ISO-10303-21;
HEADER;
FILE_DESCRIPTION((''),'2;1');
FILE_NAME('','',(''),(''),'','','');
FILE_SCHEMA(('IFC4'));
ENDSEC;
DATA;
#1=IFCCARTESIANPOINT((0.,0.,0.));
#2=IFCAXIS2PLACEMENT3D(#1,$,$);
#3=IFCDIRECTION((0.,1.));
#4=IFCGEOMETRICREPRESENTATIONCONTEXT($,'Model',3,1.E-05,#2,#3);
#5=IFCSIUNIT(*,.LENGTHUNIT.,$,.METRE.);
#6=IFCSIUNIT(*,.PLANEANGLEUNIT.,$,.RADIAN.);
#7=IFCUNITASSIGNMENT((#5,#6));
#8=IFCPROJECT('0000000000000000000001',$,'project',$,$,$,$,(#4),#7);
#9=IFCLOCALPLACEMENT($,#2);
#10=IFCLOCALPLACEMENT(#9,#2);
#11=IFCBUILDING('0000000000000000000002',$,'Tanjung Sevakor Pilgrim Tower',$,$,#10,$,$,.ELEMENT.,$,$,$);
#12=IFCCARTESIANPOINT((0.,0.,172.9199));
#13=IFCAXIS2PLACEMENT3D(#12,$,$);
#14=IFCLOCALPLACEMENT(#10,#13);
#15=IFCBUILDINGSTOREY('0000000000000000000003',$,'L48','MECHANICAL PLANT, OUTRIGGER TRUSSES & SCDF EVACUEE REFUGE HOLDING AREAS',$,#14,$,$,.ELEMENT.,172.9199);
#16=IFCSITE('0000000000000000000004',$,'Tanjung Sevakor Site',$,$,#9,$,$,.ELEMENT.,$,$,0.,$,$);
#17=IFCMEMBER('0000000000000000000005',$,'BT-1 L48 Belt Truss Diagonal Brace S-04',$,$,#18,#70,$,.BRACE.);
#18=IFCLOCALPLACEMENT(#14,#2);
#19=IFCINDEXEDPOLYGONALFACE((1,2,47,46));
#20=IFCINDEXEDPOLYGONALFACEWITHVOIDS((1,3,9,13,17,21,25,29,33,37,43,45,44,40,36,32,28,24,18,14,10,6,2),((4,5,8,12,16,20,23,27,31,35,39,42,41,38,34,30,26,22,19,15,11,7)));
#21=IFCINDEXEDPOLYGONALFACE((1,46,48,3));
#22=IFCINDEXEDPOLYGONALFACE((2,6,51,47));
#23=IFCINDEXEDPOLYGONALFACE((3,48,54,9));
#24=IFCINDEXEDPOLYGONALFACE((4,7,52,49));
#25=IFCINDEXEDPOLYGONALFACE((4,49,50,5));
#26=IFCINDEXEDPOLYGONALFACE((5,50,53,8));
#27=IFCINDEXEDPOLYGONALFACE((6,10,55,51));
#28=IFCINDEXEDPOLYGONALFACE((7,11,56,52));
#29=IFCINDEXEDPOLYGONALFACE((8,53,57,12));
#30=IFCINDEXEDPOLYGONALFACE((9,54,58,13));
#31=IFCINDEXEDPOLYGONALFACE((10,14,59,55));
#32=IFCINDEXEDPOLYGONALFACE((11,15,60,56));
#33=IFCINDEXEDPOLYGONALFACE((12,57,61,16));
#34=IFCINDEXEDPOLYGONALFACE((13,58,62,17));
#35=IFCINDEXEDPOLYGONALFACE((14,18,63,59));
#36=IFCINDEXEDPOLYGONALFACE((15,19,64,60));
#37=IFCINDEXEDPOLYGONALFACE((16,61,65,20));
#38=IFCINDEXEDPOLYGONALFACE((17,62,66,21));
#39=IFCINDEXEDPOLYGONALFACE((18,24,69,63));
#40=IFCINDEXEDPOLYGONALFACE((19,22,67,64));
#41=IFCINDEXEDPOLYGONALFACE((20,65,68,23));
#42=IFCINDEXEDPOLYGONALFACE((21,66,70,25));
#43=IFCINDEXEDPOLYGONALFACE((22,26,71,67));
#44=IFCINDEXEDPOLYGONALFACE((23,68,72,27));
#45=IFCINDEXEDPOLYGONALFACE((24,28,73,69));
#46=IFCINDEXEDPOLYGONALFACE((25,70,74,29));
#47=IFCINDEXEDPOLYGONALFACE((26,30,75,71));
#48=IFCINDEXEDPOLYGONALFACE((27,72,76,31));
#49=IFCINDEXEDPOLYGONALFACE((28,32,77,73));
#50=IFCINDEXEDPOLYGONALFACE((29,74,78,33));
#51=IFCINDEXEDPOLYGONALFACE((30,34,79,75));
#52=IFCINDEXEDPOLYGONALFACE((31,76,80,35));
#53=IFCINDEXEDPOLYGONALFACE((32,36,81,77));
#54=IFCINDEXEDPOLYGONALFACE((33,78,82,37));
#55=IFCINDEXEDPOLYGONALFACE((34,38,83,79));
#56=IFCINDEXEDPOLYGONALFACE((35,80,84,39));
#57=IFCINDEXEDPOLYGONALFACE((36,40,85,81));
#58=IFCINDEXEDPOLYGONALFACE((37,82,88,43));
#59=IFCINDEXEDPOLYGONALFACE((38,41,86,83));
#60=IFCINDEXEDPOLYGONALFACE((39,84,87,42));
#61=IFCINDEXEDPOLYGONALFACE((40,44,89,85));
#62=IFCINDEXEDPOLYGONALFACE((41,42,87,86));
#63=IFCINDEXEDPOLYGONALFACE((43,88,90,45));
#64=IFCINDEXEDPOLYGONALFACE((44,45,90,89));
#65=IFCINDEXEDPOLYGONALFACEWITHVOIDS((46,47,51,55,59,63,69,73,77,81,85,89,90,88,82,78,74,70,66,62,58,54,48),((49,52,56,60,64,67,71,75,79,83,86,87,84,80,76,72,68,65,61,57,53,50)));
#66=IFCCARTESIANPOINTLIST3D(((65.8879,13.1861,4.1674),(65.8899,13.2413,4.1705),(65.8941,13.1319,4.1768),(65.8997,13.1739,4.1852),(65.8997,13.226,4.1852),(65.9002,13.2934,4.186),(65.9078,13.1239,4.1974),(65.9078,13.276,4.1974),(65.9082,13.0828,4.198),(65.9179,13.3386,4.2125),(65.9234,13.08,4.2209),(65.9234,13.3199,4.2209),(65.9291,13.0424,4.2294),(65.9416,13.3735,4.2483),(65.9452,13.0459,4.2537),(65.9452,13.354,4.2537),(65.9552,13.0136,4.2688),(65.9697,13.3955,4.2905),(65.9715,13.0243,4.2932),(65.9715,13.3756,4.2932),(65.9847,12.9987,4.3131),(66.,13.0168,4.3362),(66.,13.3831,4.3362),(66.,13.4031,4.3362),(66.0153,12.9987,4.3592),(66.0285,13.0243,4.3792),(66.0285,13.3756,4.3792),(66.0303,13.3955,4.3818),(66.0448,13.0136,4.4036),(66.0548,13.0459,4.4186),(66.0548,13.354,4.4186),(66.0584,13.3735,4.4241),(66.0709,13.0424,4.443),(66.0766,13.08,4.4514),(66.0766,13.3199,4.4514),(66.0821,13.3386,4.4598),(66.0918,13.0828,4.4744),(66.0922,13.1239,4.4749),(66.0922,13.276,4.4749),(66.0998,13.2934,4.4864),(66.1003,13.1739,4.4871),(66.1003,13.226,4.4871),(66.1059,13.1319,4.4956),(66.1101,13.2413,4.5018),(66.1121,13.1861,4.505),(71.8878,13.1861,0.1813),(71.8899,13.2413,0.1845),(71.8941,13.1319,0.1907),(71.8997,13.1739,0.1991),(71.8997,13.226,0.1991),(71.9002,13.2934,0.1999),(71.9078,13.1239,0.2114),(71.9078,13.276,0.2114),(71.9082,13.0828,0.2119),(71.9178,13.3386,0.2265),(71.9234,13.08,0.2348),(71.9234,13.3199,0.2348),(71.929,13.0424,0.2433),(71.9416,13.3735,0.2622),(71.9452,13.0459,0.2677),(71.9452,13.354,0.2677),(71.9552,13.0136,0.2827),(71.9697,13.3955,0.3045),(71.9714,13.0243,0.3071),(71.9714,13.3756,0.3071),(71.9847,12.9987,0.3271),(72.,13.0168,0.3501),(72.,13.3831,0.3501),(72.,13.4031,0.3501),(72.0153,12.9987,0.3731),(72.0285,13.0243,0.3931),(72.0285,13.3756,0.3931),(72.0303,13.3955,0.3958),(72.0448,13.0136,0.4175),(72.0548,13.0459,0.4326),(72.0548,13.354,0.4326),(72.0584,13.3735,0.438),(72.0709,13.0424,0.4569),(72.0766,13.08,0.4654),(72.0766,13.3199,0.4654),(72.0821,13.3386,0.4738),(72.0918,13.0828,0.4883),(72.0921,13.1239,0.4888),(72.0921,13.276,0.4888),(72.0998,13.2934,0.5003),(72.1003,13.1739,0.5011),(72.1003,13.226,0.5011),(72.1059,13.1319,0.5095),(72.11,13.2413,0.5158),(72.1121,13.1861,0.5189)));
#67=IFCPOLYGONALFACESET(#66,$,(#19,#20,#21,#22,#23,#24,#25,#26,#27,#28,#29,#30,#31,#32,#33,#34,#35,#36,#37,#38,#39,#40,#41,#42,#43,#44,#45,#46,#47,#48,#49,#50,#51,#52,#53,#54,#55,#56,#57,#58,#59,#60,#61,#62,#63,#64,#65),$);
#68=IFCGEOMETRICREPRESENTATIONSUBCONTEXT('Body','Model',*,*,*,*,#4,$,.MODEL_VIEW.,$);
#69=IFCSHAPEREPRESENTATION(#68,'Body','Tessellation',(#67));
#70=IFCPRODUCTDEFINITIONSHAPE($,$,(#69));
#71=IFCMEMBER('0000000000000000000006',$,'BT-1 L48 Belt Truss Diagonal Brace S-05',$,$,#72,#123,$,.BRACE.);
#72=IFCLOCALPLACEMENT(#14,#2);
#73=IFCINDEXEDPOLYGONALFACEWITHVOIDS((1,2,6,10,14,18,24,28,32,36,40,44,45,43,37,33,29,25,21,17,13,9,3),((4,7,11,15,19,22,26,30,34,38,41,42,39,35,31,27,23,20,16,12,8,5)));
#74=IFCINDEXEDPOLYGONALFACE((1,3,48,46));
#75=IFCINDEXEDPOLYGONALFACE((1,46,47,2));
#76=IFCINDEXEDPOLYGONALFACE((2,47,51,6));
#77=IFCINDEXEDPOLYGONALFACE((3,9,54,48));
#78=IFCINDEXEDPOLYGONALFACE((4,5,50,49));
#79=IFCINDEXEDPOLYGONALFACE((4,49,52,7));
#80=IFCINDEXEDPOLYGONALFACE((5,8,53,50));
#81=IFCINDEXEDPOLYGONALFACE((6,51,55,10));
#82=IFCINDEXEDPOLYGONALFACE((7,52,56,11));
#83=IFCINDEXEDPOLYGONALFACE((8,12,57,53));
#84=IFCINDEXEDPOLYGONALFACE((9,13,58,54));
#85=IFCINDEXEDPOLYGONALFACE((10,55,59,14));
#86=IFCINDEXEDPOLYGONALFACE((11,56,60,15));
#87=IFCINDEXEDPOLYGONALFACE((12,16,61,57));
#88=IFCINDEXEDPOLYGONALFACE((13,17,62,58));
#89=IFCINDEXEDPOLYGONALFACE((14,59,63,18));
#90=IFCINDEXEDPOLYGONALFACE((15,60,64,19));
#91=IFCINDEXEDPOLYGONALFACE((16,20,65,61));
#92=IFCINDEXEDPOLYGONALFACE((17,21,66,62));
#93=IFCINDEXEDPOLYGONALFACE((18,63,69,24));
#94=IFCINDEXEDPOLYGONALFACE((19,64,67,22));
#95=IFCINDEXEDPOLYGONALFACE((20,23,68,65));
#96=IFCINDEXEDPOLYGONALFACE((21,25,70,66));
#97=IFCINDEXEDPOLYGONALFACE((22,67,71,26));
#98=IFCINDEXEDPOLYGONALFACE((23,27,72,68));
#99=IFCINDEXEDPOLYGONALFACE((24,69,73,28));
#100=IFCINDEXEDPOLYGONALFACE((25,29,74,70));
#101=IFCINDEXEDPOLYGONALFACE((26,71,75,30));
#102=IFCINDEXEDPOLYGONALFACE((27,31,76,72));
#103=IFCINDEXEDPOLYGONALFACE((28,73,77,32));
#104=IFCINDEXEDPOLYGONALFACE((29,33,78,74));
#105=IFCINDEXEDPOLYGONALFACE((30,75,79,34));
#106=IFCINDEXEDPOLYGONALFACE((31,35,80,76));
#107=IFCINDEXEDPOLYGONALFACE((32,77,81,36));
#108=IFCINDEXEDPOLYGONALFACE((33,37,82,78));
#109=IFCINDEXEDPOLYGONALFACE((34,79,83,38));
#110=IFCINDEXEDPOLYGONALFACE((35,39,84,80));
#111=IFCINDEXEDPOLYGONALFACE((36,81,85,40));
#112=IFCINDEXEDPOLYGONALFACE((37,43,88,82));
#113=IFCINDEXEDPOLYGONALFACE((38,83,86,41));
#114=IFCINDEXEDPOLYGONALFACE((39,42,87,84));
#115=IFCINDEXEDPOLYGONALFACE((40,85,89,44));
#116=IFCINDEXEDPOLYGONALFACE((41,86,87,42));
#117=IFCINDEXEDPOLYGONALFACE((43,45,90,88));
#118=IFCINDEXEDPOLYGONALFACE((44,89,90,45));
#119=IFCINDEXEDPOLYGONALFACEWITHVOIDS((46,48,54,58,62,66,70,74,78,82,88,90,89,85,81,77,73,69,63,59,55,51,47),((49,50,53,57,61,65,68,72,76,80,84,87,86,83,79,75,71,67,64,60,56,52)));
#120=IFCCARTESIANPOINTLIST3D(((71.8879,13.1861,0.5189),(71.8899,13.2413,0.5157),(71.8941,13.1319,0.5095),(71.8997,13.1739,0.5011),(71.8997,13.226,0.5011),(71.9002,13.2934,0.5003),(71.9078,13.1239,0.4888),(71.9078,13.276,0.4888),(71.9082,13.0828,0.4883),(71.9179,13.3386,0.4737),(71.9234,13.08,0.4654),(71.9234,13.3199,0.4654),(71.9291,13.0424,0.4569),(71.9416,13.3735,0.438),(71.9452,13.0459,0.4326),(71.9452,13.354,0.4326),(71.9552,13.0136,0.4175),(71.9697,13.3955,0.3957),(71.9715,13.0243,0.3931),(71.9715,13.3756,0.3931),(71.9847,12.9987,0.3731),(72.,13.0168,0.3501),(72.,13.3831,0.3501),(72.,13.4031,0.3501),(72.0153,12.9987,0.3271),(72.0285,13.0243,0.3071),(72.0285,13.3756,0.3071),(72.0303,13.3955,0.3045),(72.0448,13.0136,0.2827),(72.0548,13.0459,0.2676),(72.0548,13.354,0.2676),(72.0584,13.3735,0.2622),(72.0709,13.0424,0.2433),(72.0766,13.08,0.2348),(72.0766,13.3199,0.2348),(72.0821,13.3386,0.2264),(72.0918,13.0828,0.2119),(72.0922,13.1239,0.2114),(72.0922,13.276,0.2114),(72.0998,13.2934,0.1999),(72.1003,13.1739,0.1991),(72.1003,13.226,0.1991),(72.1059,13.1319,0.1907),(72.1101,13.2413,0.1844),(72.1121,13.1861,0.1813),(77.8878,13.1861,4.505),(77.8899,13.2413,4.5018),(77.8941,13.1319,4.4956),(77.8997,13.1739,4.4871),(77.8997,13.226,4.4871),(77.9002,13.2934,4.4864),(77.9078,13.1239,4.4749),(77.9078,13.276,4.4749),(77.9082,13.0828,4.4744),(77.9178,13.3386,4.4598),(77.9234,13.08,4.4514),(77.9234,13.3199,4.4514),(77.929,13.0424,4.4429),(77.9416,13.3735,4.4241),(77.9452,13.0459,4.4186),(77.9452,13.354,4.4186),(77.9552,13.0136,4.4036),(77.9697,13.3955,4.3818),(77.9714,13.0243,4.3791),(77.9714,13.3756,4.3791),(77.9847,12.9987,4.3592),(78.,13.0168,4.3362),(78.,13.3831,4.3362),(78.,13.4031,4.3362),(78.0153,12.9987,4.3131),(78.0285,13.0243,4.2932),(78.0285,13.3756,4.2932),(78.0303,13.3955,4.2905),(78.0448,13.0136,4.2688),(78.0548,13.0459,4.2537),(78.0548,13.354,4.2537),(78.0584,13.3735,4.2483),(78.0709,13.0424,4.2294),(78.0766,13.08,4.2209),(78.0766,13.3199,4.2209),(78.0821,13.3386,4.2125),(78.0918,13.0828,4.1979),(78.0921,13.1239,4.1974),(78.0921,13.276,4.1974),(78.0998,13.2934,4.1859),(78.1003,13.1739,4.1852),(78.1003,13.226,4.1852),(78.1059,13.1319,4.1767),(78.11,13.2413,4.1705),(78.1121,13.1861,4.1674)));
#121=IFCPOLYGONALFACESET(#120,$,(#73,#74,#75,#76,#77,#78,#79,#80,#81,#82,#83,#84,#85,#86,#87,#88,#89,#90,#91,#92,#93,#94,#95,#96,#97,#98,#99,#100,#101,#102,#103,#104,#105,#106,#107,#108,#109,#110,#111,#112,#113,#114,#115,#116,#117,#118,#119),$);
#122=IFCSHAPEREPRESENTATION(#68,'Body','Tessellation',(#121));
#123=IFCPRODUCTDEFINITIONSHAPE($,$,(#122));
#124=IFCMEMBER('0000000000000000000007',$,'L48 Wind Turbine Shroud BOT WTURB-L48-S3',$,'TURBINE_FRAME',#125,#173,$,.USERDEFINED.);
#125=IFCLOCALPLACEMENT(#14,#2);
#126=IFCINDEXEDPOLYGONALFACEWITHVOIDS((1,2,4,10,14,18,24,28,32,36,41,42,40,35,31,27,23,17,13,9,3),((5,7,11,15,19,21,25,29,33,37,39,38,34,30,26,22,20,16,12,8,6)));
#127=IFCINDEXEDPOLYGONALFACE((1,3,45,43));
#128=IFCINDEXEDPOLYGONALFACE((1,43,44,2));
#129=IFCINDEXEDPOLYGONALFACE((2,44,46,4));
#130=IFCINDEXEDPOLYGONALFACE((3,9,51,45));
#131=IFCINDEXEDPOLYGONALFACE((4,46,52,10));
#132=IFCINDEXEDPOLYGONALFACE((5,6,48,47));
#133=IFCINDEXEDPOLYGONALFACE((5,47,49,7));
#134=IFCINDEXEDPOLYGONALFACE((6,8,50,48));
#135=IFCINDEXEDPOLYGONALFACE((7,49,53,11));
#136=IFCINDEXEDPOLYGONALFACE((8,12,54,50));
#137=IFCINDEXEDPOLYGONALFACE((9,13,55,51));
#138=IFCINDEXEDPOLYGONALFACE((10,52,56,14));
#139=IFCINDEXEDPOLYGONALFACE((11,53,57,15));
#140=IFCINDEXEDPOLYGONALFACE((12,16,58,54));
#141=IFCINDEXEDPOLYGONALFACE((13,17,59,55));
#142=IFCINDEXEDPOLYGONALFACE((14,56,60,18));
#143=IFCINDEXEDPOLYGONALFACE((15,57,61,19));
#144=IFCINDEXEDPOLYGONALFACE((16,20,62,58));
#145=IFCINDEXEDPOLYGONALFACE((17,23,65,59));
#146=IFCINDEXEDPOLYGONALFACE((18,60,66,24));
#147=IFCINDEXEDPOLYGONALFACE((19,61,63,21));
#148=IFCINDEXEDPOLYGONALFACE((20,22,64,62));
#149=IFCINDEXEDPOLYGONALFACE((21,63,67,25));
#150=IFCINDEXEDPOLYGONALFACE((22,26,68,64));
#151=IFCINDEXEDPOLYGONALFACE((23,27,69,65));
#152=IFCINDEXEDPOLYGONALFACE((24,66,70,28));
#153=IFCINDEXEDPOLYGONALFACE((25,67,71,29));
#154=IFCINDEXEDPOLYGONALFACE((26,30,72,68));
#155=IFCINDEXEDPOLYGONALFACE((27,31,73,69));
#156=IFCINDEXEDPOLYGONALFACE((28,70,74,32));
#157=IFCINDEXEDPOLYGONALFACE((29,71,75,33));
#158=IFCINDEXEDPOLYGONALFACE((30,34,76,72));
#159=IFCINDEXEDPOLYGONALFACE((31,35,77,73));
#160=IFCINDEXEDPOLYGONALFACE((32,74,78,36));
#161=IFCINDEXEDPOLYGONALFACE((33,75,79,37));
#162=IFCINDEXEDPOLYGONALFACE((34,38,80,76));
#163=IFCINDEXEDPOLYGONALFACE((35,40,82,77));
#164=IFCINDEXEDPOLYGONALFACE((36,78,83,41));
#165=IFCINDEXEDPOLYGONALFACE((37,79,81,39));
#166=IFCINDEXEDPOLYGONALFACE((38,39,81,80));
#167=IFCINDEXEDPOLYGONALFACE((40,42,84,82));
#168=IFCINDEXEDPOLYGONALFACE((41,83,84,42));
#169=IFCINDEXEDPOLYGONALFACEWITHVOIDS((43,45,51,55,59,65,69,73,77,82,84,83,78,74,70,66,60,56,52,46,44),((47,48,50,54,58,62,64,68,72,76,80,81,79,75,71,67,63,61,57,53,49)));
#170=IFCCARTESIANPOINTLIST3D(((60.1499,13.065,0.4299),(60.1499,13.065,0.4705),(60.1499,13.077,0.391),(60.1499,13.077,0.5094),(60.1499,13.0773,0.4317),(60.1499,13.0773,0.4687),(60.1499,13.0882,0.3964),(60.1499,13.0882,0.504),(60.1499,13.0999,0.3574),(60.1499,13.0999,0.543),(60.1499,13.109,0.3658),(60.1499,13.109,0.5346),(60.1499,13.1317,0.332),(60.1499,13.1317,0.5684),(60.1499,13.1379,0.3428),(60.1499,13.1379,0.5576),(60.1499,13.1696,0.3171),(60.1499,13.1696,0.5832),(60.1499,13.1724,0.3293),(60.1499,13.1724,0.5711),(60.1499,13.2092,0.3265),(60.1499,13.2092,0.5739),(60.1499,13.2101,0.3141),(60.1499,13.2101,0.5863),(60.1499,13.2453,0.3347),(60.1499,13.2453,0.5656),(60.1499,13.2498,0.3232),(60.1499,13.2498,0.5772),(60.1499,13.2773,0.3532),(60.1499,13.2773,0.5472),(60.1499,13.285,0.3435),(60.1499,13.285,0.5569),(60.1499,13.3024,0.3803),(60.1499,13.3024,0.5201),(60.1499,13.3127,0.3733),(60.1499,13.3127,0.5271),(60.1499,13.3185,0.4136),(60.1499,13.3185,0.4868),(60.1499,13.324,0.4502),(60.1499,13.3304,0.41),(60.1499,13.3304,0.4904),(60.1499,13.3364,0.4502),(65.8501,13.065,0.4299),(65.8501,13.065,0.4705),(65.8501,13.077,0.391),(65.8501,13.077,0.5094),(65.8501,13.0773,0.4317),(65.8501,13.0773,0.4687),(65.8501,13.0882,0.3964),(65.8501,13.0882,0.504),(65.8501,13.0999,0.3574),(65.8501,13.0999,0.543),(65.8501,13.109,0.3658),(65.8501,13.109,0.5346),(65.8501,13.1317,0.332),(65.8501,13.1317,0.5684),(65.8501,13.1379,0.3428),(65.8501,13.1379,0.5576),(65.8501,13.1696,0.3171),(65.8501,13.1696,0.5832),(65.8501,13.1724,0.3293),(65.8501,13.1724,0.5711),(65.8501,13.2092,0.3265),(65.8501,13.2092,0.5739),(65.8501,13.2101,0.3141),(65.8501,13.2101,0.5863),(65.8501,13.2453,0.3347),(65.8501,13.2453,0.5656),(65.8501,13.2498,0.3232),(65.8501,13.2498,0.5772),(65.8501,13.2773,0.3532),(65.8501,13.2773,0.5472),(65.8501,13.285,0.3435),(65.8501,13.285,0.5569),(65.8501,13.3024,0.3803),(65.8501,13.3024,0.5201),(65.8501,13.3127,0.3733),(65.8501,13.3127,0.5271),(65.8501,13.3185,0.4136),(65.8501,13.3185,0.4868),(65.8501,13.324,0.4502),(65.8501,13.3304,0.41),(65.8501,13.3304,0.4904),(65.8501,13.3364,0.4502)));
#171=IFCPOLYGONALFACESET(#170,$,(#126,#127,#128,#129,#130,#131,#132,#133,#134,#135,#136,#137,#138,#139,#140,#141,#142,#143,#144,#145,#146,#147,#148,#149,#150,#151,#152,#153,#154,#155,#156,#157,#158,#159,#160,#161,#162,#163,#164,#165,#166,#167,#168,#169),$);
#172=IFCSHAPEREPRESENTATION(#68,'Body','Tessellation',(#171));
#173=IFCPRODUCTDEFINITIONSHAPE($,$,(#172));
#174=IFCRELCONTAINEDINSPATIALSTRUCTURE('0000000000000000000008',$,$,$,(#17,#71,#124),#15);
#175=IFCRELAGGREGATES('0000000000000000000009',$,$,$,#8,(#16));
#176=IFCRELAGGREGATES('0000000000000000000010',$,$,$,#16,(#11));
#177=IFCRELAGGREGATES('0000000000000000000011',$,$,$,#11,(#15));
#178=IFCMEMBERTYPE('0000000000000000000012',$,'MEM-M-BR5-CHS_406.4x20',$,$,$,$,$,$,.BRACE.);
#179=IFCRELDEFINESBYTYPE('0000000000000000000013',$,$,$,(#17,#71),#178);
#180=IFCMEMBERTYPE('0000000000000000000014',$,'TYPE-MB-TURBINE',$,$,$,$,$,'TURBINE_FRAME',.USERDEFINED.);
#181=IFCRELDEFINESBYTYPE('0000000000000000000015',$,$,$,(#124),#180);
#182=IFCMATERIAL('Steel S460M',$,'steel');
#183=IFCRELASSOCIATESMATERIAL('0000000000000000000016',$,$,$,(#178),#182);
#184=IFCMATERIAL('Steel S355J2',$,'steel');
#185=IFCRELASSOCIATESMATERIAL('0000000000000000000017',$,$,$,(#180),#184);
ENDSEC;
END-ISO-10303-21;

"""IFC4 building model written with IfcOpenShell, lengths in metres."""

from ifc_helpers import new_model, si_unit, direction, frame, origin, origin_2d, place, context, subcontext, project, spatial, hollow_circle, extrude, material, material_profile, profile_set, type_object, element, save


model = new_model("IFC4")

# Units and contexts
model_context = context("Model", 3, precision=1e-05, world=origin(), true_north=direction((0.0, 1.0)))
body_context = subcontext(model_context, "Body", "Model", "MODEL_VIEW")
ifc_project = project(units=[si_unit("LENGTHUNIT", "METRE"), si_unit("PLANEANGLEUNIT", "RADIAN")], contexts=[model_context])

# Site, building, storey
site_placement = place(None, origin())
site = spatial("IfcSite", under=ifc_project, at=site_placement, Name="Tanjung Sevakor Site", CompositionType="ELEMENT", RefElevation=0.0)
building_placement = place(site_placement, origin())
building = spatial("IfcBuilding", under=site, at=building_placement, Name="Tanjung Sevakor Pilgrim Tower", CompositionType="ELEMENT")
storey_placement = place(building_placement, frame((0.0, 0.0, 172.9199)))
storey = spatial("IfcBuildingStorey", under=building, at=storey_placement, Name="L48", Description="MECHANICAL PLANT, OUTRIGGER TRUSSES & SCDF EVACUEE REFUGE HOLDING AREAS", CompositionType="ELEMENT", Elevation=172.9199)

# Members
ifc_material_1 = material(Name="Steel S460M", Category="steel")
ifc_material_profile_1 = material_profile(ifc_material_1, hollow_circle(Radius=0.2031, WallThickness=0.02, at=origin_2d()))
ifc_profile_set_1 = profile_set([ifc_material_profile_1], Name="Steel S460M")
member_type_1 = type_object("IfcMemberType", Name="MEM-M-BR5-CHS_406.4x20", PredefinedType="BRACE", material=ifc_profile_set_1)
for number, where, z_axis, x_axis, name in (
    (1, (66.0, 13.2, 4.3362), (0.832941, 0.0, -0.553362), (0.0, 1.0, 0.0), "BT-1 L48 Belt Truss Diagonal Brace S-04"),
    (2, (72.0, 13.2, 0.3501), (0.832941, 0.0, 0.553362), (0.0, 1.0, 0.0), "BT-1 L48 Belt Truss Diagonal Brace S-05"),
):
    element("IfcMember", number, at=place(storey_placement, frame(where, z_axis=z_axis, x_axis=x_axis)), inside=storey, type_object=member_type_1, Name=name, PredefinedType="BRACE", context=body_context, shape_type="SweptSolid", body=[
        extrude(hollow_circle(Radius=0.2031, WallThickness=0.02, at=origin_2d()), origin(), (0.0, 0.0, 1.0), 7.2034),
    ])
ifc_material_2 = material(Name="Steel S355J2", Category="steel")
ifc_material_profile_2 = material_profile(ifc_material_2, hollow_circle(Radius=0.1365, WallThickness=0.0125, at=origin_2d()))
ifc_profile_set_2 = profile_set([ifc_material_profile_2], Name="Steel S355J2")
member_type_2 = type_object("IfcMemberType", Name="TYPE-MB-TURBINE", ElementType="TURBINE_FRAME", PredefinedType="USERDEFINED", material=ifc_profile_set_2)
for number, where, z_axis, x_axis, name in (
    (3, (60.1499, 13.2, 0.4502), (1.0, 0.0, 0.0), (0.0, 1.0, 0.0), "L48 Wind Turbine Shroud BOT WTURB-L48-S3"),
):
    element("IfcMember", number, at=place(storey_placement, frame(where, z_axis=z_axis, x_axis=x_axis)), inside=storey, type_object=member_type_2, Name=name, ObjectType="TURBINE_FRAME", PredefinedType="USERDEFINED", context=body_context, shape_type="SweptSolid", body=[
        extrude(hollow_circle(Radius=0.1365, WallThickness=0.0125, at=origin_2d()), origin(), (0.0, 0.0, 1.0), 5.7002),
    ])

save(model, "model.ifc")
